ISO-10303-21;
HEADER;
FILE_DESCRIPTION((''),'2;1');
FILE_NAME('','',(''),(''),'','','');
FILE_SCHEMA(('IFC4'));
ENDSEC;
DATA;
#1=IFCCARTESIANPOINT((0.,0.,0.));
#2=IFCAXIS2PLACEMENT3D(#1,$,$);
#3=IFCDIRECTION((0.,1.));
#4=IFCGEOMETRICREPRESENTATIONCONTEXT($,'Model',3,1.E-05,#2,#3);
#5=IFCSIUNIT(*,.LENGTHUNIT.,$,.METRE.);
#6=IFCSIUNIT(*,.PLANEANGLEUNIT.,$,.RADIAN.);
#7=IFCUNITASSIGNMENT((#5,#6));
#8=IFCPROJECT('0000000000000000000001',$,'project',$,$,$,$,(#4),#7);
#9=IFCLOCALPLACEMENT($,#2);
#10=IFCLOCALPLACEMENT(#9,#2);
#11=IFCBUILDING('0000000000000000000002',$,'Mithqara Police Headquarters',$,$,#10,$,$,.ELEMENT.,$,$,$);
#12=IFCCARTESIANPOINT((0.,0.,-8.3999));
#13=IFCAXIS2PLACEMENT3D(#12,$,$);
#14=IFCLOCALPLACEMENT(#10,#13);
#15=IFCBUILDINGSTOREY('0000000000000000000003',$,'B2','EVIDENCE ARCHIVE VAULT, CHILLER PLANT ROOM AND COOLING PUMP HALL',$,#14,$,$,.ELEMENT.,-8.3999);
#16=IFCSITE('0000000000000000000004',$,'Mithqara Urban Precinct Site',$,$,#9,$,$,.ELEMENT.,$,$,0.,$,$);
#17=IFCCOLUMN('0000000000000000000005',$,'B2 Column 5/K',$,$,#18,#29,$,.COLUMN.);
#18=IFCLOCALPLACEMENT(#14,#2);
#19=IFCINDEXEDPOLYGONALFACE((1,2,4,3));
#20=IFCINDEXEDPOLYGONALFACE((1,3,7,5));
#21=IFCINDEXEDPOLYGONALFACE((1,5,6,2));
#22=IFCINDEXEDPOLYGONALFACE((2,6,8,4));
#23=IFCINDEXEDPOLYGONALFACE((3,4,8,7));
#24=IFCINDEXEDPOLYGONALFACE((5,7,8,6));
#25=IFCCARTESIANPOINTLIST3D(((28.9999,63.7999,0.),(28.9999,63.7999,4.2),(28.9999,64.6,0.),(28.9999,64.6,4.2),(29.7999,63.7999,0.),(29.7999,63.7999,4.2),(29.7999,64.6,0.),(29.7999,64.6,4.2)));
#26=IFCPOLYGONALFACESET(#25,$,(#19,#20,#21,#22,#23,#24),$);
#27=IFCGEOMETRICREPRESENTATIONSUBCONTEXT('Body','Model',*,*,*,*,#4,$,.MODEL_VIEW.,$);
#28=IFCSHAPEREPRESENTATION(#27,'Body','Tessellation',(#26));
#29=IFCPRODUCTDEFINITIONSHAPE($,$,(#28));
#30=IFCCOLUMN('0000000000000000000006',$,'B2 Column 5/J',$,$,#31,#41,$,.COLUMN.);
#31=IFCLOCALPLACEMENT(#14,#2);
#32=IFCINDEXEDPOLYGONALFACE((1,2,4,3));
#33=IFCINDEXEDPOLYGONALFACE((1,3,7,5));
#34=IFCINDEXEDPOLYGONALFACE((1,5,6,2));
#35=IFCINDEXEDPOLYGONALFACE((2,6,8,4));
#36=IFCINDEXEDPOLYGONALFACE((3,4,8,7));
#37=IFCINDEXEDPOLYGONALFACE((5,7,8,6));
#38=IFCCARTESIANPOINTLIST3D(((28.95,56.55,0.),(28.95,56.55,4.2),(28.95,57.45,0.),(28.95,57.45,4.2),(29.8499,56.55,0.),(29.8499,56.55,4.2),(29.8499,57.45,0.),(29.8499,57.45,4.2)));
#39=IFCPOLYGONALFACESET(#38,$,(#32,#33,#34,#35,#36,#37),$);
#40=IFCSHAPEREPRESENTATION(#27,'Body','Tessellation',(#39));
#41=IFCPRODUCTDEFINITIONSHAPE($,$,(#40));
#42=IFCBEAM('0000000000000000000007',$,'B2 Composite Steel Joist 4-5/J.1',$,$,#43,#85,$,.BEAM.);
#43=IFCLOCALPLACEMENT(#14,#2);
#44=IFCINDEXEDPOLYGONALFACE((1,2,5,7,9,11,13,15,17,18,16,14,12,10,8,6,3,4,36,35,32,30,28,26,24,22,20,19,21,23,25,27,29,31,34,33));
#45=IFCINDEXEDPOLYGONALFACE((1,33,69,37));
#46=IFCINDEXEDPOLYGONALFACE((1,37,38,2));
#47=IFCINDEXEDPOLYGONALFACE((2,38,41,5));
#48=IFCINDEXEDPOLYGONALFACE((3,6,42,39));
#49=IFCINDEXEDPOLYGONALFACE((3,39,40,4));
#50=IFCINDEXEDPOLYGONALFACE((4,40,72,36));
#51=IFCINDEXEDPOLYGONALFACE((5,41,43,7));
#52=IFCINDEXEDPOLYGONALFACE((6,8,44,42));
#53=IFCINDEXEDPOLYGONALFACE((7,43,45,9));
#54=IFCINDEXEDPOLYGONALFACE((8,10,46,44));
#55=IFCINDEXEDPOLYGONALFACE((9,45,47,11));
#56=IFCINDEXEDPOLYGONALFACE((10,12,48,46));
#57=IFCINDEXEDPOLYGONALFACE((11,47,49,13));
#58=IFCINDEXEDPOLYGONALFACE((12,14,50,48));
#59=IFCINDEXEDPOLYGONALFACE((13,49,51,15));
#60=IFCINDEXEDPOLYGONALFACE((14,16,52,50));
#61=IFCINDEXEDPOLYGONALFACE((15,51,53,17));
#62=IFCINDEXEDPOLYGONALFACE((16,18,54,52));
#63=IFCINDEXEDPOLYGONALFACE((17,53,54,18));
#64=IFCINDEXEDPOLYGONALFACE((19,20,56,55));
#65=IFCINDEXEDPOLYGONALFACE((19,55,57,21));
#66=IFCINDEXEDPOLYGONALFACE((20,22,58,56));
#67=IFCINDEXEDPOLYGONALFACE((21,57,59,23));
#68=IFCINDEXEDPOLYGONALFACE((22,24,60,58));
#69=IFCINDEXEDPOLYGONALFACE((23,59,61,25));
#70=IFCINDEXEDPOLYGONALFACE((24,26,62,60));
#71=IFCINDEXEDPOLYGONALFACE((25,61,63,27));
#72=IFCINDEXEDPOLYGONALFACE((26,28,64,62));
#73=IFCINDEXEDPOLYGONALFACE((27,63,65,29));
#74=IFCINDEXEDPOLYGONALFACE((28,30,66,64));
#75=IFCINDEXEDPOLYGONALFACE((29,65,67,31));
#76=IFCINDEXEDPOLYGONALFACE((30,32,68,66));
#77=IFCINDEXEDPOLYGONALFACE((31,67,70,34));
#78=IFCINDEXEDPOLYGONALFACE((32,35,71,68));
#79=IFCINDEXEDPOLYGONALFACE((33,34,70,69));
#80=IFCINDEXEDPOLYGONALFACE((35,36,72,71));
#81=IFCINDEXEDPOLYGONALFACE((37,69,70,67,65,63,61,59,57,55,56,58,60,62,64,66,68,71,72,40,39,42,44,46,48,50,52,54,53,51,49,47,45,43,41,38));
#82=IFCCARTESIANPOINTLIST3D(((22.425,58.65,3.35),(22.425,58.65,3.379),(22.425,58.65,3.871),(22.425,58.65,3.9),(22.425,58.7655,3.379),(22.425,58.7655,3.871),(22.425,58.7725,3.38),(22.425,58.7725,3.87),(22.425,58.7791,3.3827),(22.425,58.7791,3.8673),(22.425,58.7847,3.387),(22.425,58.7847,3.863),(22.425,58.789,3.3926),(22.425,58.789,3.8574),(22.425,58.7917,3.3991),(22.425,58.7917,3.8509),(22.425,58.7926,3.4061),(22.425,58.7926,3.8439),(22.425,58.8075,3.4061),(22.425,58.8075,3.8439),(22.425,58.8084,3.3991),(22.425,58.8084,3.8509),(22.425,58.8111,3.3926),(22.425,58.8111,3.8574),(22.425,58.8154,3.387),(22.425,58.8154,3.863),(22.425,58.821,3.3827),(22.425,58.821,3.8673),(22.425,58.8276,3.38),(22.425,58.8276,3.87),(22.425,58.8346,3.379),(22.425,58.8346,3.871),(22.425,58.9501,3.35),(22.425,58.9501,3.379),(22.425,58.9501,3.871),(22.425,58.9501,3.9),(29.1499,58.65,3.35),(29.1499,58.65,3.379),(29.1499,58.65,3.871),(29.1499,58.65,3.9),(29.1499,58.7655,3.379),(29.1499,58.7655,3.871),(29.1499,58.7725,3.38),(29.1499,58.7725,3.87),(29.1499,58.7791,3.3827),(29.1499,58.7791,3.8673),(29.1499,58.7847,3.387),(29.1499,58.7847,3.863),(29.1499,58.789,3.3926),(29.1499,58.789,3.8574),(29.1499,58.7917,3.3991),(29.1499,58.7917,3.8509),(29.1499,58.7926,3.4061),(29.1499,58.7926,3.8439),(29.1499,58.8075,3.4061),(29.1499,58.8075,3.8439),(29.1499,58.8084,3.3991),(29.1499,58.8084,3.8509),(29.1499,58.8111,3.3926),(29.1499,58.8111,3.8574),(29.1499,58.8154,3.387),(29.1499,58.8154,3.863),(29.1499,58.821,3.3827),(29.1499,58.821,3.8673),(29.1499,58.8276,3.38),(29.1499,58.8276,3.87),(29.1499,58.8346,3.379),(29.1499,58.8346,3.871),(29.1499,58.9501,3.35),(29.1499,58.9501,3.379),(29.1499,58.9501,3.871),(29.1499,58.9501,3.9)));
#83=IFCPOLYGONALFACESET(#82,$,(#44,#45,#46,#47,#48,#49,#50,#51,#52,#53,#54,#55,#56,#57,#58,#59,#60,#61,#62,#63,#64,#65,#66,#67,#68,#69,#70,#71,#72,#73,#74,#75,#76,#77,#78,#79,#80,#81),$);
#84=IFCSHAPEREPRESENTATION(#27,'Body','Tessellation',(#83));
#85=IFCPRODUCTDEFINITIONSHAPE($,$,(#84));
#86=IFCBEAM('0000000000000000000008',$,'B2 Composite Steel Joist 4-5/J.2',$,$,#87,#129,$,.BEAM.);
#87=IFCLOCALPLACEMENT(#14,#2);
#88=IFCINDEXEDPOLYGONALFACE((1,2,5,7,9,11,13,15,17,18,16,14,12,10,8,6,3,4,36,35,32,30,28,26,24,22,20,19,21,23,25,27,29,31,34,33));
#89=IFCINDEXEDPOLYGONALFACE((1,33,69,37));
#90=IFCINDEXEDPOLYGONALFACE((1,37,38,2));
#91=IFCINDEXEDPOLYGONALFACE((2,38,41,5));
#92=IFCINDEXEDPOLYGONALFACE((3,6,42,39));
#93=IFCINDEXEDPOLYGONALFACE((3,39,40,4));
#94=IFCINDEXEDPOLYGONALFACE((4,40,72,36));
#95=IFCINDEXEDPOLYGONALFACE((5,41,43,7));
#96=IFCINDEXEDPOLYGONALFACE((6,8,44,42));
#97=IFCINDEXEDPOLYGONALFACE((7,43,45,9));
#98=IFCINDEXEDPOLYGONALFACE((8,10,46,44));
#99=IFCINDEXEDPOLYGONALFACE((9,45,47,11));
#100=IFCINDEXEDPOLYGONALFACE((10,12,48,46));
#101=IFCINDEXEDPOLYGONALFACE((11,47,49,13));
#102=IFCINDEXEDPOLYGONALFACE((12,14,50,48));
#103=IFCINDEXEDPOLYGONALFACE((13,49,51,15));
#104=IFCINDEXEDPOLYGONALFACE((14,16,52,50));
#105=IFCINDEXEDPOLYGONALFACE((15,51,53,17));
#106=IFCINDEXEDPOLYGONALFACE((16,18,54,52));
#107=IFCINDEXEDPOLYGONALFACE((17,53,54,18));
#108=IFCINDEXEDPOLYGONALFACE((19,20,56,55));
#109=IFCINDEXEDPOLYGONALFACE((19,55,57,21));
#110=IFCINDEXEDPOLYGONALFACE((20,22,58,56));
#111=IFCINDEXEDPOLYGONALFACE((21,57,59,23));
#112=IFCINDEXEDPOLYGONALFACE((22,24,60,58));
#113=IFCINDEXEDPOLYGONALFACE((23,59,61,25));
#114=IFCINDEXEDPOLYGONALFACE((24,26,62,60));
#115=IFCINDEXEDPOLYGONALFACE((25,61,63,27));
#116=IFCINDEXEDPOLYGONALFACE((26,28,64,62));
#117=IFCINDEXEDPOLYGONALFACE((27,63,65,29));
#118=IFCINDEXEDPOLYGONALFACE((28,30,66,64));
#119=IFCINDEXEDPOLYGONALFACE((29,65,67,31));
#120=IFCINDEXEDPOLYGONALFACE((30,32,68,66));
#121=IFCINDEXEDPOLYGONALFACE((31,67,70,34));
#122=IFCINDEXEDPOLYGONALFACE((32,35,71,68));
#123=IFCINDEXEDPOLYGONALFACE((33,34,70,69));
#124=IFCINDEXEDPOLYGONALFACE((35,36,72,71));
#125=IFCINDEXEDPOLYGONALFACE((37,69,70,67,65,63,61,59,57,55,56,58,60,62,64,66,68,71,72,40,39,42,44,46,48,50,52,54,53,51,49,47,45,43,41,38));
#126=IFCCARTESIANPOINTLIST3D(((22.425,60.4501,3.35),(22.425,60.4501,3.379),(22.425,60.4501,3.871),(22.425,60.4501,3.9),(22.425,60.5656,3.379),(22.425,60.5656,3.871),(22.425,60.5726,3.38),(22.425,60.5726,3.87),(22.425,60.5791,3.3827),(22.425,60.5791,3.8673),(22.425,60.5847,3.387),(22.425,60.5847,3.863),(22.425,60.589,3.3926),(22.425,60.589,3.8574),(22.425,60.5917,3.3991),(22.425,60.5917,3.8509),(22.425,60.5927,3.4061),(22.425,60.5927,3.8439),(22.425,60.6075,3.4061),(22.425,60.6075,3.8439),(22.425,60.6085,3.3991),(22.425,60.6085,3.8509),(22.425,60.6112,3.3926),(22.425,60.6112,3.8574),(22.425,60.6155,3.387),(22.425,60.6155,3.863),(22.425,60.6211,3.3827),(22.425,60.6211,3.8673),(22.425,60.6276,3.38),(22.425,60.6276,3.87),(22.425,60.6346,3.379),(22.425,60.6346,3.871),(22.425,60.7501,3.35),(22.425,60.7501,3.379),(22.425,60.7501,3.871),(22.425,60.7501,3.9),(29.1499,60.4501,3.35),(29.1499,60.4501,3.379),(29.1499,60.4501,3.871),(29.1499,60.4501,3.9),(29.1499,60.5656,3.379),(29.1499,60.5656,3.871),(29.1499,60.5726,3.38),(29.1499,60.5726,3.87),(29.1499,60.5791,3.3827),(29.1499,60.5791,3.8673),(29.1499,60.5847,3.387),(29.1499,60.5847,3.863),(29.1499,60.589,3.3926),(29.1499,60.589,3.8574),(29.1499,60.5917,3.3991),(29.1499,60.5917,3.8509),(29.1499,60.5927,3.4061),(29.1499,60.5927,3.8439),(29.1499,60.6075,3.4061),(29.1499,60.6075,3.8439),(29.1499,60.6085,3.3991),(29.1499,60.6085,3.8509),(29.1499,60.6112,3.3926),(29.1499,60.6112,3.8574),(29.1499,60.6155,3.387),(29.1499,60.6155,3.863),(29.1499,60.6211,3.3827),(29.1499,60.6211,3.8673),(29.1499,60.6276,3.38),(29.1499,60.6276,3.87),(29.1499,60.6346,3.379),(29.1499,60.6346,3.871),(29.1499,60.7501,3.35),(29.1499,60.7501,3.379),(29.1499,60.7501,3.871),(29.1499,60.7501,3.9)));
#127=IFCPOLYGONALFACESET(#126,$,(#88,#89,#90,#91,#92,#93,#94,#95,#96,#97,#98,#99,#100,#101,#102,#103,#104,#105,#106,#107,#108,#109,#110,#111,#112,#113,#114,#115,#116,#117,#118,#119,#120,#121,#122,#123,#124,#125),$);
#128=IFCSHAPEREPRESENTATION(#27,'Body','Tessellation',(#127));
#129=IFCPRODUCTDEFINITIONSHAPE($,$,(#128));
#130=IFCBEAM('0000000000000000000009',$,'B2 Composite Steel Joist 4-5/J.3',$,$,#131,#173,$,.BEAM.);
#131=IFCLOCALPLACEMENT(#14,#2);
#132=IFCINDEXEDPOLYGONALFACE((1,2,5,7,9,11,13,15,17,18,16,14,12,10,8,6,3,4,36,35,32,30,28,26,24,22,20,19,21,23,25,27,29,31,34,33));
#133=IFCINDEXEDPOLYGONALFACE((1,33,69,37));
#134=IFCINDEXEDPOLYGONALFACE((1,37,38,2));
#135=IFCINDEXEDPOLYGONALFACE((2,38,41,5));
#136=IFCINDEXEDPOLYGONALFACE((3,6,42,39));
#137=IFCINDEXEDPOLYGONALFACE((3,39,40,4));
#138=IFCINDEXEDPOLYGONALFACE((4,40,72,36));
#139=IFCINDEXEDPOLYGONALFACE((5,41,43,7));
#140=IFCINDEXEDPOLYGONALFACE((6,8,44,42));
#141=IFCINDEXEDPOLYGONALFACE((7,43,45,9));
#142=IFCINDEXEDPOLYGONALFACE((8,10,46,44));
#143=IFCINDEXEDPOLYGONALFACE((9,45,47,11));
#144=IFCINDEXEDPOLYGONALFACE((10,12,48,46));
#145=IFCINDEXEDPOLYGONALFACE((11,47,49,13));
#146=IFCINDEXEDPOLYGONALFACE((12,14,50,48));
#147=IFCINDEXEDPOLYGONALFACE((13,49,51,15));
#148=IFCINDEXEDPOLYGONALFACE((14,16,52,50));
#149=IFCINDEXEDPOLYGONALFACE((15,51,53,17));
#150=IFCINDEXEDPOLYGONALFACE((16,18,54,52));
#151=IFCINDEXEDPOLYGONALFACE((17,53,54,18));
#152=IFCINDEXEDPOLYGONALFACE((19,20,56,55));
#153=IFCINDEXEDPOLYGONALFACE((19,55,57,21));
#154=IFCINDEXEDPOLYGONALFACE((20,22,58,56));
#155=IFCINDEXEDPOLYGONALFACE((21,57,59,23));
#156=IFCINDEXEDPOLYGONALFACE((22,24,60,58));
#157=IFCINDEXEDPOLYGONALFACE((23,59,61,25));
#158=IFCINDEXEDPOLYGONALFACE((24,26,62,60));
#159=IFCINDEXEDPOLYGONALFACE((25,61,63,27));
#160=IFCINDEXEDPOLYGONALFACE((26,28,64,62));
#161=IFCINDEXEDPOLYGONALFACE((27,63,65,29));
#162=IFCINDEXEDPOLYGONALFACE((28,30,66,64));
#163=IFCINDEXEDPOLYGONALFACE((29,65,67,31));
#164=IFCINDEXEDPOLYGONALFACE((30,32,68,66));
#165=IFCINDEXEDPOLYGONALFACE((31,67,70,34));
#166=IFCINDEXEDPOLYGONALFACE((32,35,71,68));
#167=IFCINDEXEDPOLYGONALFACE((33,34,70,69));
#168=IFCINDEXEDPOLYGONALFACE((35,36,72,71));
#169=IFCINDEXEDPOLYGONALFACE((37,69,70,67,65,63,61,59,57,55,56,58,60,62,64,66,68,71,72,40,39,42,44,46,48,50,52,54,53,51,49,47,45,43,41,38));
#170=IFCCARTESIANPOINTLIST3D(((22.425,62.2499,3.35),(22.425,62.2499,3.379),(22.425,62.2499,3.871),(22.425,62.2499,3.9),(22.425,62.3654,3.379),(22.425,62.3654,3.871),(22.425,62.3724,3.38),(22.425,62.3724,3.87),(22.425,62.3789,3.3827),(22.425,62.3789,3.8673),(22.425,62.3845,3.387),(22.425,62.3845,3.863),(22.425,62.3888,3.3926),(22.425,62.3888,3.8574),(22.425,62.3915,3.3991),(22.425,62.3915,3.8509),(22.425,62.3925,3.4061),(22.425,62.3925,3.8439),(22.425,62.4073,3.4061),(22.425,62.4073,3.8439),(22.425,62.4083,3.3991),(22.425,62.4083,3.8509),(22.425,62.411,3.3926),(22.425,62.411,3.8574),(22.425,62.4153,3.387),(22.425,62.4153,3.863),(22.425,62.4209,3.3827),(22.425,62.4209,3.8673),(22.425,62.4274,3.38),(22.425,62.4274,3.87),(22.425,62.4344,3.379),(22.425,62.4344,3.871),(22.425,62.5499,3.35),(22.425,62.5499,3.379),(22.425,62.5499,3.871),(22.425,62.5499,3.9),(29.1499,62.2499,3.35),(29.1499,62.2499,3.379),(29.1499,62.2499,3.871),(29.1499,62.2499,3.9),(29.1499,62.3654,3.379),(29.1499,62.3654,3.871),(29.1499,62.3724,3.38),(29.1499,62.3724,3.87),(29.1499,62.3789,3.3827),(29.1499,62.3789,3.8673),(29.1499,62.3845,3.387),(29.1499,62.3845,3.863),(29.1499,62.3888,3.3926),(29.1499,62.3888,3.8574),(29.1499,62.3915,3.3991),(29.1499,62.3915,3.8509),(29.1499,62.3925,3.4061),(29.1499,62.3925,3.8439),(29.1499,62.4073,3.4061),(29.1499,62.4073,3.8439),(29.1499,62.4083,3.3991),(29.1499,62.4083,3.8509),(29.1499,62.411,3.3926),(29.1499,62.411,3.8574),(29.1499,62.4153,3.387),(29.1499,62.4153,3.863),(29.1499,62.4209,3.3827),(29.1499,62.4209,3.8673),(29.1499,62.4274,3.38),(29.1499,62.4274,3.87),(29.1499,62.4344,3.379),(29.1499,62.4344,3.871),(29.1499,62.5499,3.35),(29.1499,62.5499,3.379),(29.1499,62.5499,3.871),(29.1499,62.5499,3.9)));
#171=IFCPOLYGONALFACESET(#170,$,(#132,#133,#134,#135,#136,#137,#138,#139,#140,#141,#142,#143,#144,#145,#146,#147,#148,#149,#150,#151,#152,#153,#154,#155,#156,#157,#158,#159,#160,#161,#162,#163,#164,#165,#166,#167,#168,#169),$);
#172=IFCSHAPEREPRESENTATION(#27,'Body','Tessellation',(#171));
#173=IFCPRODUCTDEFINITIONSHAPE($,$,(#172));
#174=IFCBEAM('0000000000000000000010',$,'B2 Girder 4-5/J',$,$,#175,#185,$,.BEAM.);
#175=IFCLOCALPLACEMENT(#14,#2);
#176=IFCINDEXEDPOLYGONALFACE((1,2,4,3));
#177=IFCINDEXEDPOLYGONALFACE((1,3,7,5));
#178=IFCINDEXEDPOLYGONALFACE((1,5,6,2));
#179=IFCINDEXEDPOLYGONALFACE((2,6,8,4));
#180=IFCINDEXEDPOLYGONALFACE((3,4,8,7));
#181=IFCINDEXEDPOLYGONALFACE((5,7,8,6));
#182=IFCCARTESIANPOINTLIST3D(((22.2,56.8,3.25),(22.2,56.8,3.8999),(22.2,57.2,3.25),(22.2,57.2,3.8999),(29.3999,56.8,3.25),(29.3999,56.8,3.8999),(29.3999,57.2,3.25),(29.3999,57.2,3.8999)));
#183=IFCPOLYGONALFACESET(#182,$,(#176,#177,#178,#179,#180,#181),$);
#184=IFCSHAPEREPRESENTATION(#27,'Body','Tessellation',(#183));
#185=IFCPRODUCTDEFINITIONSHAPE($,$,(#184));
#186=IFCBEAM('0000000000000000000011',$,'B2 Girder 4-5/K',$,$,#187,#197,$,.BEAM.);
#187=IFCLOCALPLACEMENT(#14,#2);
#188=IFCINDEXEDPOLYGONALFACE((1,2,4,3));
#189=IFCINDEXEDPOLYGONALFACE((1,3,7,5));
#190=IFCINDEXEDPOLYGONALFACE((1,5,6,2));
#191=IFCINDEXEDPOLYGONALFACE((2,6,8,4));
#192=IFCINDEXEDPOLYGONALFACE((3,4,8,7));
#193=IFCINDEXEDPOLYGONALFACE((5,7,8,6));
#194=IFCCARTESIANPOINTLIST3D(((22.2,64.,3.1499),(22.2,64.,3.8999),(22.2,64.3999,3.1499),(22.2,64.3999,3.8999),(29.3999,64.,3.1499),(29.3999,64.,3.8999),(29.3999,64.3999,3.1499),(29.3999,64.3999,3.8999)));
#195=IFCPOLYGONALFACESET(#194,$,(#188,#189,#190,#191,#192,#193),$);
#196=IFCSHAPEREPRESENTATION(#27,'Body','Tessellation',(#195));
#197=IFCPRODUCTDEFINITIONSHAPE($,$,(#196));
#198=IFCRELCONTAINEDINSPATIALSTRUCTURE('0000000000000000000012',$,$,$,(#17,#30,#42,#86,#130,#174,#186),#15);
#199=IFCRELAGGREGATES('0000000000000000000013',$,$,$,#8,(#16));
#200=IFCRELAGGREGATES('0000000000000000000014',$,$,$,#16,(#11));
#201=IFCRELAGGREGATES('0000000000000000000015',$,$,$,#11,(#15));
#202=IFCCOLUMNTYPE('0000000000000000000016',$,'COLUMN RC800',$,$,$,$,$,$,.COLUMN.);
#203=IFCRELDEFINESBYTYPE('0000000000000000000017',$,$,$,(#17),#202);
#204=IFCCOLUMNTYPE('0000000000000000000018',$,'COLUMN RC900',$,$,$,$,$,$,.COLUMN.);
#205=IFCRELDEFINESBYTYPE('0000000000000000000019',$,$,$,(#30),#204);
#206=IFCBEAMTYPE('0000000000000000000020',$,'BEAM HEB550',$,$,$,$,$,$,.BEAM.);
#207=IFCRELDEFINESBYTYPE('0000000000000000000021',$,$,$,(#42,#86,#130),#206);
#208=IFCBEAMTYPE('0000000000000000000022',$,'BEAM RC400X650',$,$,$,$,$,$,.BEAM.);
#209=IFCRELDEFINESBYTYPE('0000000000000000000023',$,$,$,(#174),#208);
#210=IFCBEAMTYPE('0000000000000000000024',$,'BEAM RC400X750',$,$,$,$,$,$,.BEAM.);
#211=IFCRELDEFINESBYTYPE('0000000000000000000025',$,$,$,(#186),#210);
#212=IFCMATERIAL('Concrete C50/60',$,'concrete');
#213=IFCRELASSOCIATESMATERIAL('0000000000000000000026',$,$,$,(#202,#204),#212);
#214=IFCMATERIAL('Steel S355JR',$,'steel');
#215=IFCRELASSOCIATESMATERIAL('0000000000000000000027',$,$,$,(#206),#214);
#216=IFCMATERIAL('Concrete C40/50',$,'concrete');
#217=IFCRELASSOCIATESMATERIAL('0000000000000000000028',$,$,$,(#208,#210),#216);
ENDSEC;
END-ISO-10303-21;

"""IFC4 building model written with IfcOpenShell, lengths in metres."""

from ifc_helpers import new_model, si_unit, direction, frame, origin, origin_2d, place, context, subcontext, project, spatial, rectangle, i_section, extrude, material, material_profile, profile_set, type_object, element, save


model = new_model("IFC4")

# Units and contexts
model_context = context("Model", 3, precision=1e-05, world=origin(), true_north=direction((0.0, 1.0)))
body_context = subcontext(model_context, "Body", "Model", "MODEL_VIEW")
ifc_project = project(units=[si_unit("LENGTHUNIT", "METRE"), si_unit("PLANEANGLEUNIT", "RADIAN")], contexts=[model_context])

# Site, building, storey
site_placement = place(None, origin())
site = spatial("IfcSite", under=ifc_project, at=site_placement, Name="Mithqara Urban Precinct Site", CompositionType="ELEMENT", RefElevation=0.0)
building_placement = place(site_placement, origin())
building = spatial("IfcBuilding", under=site, at=building_placement, Name="Mithqara Police Headquarters", CompositionType="ELEMENT")
storey_placement = place(building_placement, frame((0.0, 0.0, -8.3999)))
storey = spatial("IfcBuildingStorey", under=building, at=storey_placement, Name="B2", Description="EVIDENCE ARCHIVE VAULT, CHILLER PLANT ROOM AND COOLING PUMP HALL", CompositionType="ELEMENT", Elevation=-8.3999)

# Shared definitions
ifc_material_1 = material(Name="Concrete C40/50", Category="concrete")

# Columns
ifc_material_2 = material(Name="Steel S355JR", Category="steel")
ifc_material_3 = material(Name="Concrete C50/60", Category="concrete")
ifc_material_profile_1 = material_profile(ifc_material_3, rectangle(XDim=0.8, YDim=0.8, at=origin_2d()), Name="RC 800x800")
ifc_profile_set_1 = profile_set([ifc_material_profile_1], Name="Concrete C50/60")
column_type_1 = type_object("IfcColumnType", Name="COLUMN RC800", PredefinedType="COLUMN", material=ifc_profile_set_1)
column_1_placement = place(storey_placement, frame((29.3999, 64.2, 0.0), z_axis=(0.0, 0.0, 1.0), x_axis=(1.0, 0.0, 0.0)))
element("IfcColumn", 1, at=column_1_placement, inside=storey, type_object=column_type_1, Name="B2 Column 5/K", PredefinedType="COLUMN", context=body_context, shape_type="SweptSolid", body=[
    extrude(rectangle(XDim=0.8, YDim=0.8, at=origin_2d()), origin(), (0.0, 0.0, 1.0), 4.2),
])
ifc_material_profile_2 = material_profile(ifc_material_3, rectangle(XDim=0.8999, YDim=0.8999, at=origin_2d()), Name="RC 900x900")
ifc_profile_set_2 = profile_set([ifc_material_profile_2], Name="Concrete C50/60")
column_type_2 = type_object("IfcColumnType", Name="COLUMN RC900", PredefinedType="COLUMN", material=ifc_profile_set_2)
column_2_placement = place(storey_placement, frame((29.3999, 57.0, 0.0), z_axis=(0.0, 0.0, 1.0), x_axis=(1.0, 0.0, 0.0)))
element("IfcColumn", 2, at=column_2_placement, inside=storey, type_object=column_type_2, Name="B2 Column 5/J", PredefinedType="COLUMN", context=body_context, shape_type="SweptSolid", body=[
    extrude(rectangle(XDim=0.8999, YDim=0.8999, at=origin_2d()), origin(), (0.0, 0.0, 1.0), 4.2),
])

# Beams
ifc_material_profile_3 = material_profile(ifc_material_2, i_section(OverallWidth=0.3, OverallDepth=0.55, WebThickness=0.0149, FlangeThickness=0.0291, FilletRadius=0.0271, at=origin_2d()), Name="HEB 550")
ifc_profile_set_3 = profile_set([ifc_material_profile_3], Name="Steel S355JR")
beam_type_1 = type_object("IfcBeamType", Name="BEAM HEB550", PredefinedType="BEAM", material=ifc_profile_set_3)
for number, where, z_axis, x_axis, name in (
    (3, (22.425, 58.8, 3.625), (1.0, 0.0, 0.0), (0.0, 1.0, 0.0), "B2 Composite Steel Joist 4-5/J.1"),
    (4, (22.425, 60.6001, 3.625), (1.0, 0.0, 0.0), (0.0, 1.0, 0.0), "B2 Composite Steel Joist 4-5/J.2"),
    (5, (22.425, 62.3999, 3.625), (1.0, 0.0, 0.0), (0.0, 1.0, 0.0), "B2 Composite Steel Joist 4-5/J.3"),
):
    element("IfcBeam", number, at=place(storey_placement, frame(where, z_axis=z_axis, x_axis=x_axis)), inside=storey, type_object=beam_type_1, Name=name, PredefinedType="BEAM", context=body_context, shape_type="SweptSolid", body=[
        extrude(i_section(OverallWidth=0.3, OverallDepth=0.55, WebThickness=0.0149, FlangeThickness=0.0291, FilletRadius=0.0271, at=origin_2d()), origin(), (0.0, 0.0, 1.0), 6.7249),
    ])
ifc_material_profile_4 = material_profile(ifc_material_1, rectangle(XDim=0.3999, YDim=0.6499, at=origin_2d()), Name="RC 400x650")
ifc_profile_set_4 = profile_set([ifc_material_profile_4], Name="Concrete C40/50")
beam_type_2 = type_object("IfcBeamType", Name="BEAM RC400X650", PredefinedType="BEAM", material=ifc_profile_set_4)
beam_1_placement = place(storey_placement, frame((22.2, 57.0, 3.575), z_axis=(1.0, 0.0, 0.0), x_axis=(0.0, 1.0, 0.0)))
element("IfcBeam", 6, at=beam_1_placement, inside=storey, type_object=beam_type_2, Name="B2 Girder 4-5/J", PredefinedType="BEAM", context=body_context, shape_type="SweptSolid", body=[
    extrude(rectangle(XDim=0.3999, YDim=0.6499, at=origin_2d()), origin(), (0.0, 0.0, 1.0), 7.2),
])
ifc_material_profile_5 = material_profile(ifc_material_1, rectangle(XDim=0.3999, YDim=0.75, at=origin_2d()), Name="RC 400x750")
ifc_profile_set_5 = profile_set([ifc_material_profile_5], Name="Concrete C40/50")
beam_type_3 = type_object("IfcBeamType", Name="BEAM RC400X750", PredefinedType="BEAM", material=ifc_profile_set_5)
beam_2_placement = place(storey_placement, frame((22.2, 64.2, 3.5249), z_axis=(1.0, 0.0, 0.0), x_axis=(0.0, 1.0, 0.0)))
element("IfcBeam", 7, at=beam_2_placement, inside=storey, type_object=beam_type_3, Name="B2 Girder 4-5/K", PredefinedType="BEAM", context=body_context, shape_type="SweptSolid", body=[
    extrude(rectangle(XDim=0.3999, YDim=0.75, at=origin_2d()), origin(), (0.0, 0.0, 1.0), 7.2),
])

save(model, "model.ifc")
